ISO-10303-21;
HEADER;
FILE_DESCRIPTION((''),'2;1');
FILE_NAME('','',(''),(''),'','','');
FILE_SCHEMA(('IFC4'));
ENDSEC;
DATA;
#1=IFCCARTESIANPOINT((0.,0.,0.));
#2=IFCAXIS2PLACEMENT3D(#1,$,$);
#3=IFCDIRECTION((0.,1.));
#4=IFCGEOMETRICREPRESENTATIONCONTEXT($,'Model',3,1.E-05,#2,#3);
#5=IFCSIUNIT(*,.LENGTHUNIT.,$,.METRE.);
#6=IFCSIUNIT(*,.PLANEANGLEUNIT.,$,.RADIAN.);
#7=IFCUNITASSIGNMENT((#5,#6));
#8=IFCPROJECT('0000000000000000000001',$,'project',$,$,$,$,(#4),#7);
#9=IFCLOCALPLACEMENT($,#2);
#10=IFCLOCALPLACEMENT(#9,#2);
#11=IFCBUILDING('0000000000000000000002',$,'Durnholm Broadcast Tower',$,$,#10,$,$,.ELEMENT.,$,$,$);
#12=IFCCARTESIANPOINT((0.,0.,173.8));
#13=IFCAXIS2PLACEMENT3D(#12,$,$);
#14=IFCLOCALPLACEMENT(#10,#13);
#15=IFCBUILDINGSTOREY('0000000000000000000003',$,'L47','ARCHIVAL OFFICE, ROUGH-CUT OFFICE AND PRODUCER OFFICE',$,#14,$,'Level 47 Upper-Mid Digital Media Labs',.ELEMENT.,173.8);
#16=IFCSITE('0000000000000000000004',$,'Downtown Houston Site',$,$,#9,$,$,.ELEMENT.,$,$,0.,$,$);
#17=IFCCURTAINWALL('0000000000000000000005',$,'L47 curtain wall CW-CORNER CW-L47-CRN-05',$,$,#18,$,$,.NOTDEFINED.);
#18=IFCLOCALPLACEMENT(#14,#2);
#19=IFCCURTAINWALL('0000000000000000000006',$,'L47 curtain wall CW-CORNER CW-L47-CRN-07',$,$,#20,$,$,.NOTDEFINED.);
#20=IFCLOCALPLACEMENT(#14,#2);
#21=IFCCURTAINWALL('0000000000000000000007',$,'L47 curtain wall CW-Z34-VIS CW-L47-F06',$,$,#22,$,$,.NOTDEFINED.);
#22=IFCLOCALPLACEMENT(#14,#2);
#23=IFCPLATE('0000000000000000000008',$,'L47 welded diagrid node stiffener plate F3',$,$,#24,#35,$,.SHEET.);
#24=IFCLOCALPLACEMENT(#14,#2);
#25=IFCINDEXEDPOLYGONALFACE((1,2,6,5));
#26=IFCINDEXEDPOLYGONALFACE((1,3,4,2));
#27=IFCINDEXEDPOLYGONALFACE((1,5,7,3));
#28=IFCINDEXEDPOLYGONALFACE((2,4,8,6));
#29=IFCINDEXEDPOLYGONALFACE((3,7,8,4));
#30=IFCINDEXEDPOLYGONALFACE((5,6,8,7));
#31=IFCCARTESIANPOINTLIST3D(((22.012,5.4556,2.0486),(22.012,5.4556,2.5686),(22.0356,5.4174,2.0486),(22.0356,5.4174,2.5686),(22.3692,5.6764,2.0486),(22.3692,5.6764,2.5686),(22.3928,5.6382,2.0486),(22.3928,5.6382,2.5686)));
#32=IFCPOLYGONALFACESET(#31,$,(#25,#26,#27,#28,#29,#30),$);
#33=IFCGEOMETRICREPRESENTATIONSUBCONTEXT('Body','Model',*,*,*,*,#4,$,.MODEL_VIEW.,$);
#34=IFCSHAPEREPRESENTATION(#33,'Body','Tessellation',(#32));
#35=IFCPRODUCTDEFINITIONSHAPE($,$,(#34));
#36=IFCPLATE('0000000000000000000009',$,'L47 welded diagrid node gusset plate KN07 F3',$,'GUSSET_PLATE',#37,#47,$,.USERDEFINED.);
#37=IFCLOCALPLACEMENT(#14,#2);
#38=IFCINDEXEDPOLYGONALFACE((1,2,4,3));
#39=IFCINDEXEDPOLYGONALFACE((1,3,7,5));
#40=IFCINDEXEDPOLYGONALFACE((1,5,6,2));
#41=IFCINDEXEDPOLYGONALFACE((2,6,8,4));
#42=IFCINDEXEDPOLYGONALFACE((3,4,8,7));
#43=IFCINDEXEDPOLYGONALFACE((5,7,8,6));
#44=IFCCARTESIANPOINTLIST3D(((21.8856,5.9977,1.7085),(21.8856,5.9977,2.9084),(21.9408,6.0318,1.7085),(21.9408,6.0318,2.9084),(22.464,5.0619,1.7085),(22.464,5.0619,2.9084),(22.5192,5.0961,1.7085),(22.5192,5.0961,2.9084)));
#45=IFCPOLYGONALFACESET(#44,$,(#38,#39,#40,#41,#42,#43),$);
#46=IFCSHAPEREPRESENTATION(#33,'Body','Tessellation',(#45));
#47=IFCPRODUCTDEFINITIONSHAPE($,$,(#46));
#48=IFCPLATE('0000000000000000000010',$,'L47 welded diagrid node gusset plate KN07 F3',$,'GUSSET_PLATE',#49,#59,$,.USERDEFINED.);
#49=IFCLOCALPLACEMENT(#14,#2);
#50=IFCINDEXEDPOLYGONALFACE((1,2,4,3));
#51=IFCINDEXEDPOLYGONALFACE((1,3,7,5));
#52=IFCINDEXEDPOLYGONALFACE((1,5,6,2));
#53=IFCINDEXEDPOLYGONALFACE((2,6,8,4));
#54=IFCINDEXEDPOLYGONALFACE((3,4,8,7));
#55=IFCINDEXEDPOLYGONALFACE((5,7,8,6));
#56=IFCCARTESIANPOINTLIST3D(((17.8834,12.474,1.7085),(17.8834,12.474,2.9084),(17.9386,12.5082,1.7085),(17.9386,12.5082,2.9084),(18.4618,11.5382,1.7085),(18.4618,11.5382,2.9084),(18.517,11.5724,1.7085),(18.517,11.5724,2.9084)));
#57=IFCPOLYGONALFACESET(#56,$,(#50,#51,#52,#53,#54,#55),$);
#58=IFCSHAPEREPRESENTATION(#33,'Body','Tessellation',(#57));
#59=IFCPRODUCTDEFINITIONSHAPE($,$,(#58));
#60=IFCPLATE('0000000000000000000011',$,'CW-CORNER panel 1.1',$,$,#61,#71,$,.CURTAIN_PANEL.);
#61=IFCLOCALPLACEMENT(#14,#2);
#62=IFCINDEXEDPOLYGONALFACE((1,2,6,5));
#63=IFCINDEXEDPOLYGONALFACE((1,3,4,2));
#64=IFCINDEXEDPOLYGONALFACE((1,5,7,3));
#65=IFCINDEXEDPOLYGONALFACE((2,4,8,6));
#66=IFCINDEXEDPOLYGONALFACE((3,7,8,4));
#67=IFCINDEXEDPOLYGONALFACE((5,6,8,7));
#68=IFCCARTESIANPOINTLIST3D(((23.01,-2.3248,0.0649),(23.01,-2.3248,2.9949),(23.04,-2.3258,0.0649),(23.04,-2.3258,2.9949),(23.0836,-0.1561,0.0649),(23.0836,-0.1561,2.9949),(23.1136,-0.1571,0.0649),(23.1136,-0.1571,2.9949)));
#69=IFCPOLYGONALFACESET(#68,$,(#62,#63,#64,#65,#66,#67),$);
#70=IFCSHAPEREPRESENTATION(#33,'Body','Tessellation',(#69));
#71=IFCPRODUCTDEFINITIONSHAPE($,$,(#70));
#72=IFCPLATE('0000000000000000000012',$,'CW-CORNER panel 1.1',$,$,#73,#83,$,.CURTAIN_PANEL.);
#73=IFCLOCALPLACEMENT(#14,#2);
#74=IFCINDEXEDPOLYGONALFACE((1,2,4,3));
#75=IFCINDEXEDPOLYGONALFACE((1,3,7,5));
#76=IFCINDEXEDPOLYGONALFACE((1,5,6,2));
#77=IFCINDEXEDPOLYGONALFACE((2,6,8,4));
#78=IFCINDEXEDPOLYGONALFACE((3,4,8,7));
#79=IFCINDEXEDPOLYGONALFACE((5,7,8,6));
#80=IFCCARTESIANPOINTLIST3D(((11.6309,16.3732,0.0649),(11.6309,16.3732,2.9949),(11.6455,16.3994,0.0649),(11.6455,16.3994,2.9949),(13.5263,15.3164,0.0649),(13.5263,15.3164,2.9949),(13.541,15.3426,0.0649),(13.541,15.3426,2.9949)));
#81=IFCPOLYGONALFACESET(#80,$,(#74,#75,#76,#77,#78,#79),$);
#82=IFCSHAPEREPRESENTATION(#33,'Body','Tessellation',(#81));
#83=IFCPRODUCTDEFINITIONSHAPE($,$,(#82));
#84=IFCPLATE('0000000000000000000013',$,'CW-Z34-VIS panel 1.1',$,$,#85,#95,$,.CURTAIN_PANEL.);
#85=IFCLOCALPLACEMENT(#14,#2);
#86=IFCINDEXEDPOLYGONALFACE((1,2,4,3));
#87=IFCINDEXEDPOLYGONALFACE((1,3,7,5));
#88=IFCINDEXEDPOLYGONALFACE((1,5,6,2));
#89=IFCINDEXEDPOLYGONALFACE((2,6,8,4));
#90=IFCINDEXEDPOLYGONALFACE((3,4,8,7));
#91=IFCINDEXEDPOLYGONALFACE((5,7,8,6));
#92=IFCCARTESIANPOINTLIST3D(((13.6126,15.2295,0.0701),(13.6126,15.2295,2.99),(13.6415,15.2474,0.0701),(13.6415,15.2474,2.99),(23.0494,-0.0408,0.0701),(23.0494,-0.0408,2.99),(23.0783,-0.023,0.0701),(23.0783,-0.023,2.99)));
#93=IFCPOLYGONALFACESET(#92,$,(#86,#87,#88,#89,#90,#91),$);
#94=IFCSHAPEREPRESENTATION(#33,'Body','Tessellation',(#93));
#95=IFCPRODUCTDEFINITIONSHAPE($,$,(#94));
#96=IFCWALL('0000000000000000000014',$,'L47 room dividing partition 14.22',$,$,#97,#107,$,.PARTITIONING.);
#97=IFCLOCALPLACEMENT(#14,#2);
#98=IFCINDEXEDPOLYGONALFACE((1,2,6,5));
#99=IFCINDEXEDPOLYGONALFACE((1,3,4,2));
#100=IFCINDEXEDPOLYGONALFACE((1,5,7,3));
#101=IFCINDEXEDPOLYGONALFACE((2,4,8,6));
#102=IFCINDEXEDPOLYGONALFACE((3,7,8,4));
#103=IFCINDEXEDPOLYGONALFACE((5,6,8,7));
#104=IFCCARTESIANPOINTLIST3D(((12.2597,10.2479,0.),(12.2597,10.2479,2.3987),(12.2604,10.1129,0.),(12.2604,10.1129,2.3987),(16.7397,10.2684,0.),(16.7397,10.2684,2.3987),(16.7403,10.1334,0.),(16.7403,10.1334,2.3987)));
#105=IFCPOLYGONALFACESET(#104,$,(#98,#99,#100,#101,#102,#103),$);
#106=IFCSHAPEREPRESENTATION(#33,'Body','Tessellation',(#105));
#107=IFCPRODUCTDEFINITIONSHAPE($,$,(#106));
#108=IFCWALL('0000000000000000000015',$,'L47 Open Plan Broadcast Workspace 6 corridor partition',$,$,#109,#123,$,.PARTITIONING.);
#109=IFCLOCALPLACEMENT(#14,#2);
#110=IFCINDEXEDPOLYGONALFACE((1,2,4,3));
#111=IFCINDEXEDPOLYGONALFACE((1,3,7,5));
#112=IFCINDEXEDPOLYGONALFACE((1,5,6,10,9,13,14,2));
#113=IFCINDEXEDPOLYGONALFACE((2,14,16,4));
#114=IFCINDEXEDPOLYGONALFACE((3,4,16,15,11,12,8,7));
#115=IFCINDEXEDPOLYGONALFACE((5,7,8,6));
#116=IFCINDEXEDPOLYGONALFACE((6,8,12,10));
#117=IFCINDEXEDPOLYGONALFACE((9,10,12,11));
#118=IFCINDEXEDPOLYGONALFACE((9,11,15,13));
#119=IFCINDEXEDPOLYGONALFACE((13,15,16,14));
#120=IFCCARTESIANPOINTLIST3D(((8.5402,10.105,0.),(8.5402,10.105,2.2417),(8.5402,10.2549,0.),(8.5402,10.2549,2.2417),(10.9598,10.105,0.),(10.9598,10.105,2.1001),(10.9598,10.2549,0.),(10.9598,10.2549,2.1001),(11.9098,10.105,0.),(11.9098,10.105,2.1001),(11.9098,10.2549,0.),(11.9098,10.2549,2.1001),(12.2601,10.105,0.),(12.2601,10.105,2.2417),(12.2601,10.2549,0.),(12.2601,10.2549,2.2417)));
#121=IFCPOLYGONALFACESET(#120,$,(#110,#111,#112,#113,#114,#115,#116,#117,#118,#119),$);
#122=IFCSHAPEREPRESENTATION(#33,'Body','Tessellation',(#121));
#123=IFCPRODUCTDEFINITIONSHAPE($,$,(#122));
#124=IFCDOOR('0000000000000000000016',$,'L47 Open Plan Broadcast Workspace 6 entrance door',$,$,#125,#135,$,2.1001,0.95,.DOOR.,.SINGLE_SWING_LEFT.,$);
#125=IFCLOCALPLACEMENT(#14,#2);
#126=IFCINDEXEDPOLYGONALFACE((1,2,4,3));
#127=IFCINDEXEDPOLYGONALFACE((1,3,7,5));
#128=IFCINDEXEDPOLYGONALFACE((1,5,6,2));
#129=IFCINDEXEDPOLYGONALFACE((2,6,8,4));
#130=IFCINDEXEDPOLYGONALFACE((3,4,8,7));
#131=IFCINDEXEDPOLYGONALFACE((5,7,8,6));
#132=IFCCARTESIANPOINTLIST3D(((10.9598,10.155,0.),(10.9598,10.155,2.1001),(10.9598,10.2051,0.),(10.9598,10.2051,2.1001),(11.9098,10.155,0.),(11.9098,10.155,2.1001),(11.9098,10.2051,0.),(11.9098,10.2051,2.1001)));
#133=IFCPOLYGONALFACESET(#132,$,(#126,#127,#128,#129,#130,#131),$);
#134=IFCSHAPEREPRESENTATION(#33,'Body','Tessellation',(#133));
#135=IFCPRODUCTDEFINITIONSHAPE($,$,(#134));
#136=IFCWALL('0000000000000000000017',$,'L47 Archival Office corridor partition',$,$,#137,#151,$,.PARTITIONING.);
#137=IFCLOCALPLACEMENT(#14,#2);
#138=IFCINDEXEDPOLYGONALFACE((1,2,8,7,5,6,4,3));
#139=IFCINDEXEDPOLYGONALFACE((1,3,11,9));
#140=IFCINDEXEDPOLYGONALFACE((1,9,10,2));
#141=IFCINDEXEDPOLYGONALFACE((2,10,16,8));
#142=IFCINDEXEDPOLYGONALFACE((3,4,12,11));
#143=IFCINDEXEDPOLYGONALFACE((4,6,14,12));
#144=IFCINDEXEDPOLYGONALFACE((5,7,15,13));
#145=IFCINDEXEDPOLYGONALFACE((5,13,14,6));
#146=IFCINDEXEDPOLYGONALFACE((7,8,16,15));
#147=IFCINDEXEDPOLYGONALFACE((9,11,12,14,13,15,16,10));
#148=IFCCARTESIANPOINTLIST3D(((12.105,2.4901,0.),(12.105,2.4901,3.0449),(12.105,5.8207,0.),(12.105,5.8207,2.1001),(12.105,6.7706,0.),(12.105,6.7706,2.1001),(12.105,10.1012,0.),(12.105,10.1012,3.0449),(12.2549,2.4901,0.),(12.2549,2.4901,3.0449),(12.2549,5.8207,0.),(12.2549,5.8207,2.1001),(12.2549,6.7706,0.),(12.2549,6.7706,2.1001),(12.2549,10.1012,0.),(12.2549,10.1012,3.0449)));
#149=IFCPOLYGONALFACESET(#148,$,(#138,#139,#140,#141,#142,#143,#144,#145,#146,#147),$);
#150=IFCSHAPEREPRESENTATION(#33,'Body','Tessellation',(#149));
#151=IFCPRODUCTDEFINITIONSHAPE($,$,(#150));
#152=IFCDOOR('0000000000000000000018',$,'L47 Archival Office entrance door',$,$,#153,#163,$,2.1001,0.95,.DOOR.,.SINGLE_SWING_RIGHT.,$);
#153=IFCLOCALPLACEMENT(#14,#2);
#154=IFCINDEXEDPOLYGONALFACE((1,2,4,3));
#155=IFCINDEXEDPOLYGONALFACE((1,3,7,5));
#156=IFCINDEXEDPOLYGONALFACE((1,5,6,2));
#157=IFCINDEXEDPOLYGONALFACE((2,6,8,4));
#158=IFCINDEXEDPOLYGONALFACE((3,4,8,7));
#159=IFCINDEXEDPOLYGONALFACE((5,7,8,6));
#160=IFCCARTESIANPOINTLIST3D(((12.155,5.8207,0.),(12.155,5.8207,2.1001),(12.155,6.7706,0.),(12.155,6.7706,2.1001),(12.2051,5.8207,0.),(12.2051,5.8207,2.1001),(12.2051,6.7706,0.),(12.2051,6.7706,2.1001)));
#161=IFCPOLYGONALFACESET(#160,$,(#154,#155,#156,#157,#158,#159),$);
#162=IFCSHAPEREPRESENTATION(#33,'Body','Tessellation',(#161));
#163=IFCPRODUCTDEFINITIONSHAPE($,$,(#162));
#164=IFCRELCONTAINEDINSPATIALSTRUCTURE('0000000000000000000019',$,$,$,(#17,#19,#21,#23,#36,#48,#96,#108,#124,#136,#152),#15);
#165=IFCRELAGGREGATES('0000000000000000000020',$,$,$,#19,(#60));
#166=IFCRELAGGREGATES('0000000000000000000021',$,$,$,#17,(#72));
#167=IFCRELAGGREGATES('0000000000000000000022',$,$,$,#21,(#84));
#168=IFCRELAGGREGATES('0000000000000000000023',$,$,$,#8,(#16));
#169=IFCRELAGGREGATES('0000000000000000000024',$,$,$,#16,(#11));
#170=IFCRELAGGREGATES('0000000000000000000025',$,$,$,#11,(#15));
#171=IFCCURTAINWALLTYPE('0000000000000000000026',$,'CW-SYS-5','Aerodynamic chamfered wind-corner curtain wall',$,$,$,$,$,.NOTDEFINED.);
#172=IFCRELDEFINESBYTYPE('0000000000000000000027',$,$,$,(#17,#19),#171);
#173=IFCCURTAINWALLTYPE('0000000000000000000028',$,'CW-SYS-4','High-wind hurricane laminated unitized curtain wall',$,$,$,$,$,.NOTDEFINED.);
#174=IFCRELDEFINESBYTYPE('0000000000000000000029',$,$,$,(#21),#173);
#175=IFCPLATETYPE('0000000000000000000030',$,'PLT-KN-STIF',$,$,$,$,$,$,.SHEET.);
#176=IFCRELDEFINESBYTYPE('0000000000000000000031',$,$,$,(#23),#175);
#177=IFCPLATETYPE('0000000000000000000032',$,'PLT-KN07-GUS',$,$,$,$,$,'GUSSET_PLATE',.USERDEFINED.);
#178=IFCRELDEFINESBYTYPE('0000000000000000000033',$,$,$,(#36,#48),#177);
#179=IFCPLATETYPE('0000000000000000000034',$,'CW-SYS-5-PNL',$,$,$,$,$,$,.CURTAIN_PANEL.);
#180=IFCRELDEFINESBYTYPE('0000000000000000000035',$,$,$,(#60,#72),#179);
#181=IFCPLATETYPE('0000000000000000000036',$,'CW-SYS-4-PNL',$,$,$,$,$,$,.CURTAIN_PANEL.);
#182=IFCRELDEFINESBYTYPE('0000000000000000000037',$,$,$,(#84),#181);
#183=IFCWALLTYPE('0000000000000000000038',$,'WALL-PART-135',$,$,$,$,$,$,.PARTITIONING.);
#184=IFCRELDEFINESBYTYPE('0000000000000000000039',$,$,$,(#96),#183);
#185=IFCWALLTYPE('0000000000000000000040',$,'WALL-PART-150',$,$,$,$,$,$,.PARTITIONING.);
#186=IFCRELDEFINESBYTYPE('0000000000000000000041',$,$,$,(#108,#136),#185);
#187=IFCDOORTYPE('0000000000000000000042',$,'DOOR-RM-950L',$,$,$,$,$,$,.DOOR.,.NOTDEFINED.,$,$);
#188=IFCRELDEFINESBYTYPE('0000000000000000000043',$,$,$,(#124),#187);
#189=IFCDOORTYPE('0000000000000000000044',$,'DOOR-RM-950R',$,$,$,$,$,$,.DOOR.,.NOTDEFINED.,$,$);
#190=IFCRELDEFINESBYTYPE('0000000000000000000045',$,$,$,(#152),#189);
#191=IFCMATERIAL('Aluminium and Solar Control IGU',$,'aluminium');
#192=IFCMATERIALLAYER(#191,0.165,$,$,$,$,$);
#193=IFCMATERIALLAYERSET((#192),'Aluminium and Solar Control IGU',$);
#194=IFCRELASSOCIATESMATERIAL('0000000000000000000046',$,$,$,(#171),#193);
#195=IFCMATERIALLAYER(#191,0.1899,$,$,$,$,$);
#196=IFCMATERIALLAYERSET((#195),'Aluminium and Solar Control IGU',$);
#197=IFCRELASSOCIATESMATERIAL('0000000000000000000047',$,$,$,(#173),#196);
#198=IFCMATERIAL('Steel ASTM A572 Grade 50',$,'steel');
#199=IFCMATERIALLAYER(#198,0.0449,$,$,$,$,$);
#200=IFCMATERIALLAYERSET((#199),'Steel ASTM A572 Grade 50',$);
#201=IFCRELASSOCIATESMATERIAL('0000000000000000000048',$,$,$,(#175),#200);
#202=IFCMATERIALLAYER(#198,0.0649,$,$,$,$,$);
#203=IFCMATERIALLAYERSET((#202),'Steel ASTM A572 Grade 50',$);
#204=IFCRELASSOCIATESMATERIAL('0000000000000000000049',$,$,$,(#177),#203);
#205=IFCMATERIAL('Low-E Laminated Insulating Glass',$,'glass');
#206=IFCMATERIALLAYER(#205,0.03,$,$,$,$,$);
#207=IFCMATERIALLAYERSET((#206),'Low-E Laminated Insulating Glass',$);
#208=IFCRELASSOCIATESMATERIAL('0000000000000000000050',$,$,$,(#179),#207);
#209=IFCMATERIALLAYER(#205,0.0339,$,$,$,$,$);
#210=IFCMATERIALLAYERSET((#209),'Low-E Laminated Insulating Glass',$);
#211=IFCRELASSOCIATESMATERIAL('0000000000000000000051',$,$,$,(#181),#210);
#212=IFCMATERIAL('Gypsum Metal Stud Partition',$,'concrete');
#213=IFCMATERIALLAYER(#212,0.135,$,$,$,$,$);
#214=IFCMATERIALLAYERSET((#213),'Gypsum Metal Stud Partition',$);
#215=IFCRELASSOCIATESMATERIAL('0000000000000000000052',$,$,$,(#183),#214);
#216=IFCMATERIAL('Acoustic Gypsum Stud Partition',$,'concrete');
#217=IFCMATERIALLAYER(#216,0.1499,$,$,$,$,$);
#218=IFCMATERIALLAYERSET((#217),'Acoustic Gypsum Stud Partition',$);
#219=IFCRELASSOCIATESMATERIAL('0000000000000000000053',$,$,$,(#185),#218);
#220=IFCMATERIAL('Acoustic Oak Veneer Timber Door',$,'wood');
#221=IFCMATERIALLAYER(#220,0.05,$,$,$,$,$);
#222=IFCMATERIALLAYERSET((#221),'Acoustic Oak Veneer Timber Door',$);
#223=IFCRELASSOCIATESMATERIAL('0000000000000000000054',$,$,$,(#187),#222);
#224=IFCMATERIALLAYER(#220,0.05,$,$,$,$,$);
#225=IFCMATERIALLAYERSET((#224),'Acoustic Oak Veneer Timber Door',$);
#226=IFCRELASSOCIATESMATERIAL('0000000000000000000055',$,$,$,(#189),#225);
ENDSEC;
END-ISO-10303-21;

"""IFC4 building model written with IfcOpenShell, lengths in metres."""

from ifc_helpers import new_model, si_unit, direction, frame, frame_2d, origin, origin_2d, place, context, subcontext, project, spatial, rectangle, extrude, source, transform, mapped, material, layer, layer_set, type_object, type_shapes, element, fill, aggregate, save


model = new_model("IFC4")

# Units and contexts
model_context = context("Model", 3, precision=1e-05, world=origin(), true_north=direction((0.0, 1.0)))
body_context = subcontext(model_context, "Body", "Model", "MODEL_VIEW")
ifc_project = project(units=[si_unit("LENGTHUNIT", "METRE"), si_unit("PLANEANGLEUNIT", "RADIAN")], contexts=[model_context])

# Site, building, storey
site_placement = place(None, origin())
site = spatial("IfcSite", under=ifc_project, at=site_placement, Name="Downtown Houston Site", CompositionType="ELEMENT", RefElevation=0.0)
building_placement = place(site_placement, origin())
building = spatial("IfcBuilding", under=site, at=building_placement, Name="Durnholm Broadcast Tower", CompositionType="ELEMENT")
storey_placement = place(building_placement, frame((0.0, 0.0, 173.8)))
storey = spatial("IfcBuildingStorey", under=building, at=storey_placement, Name="L47", Description="ARCHIVAL OFFICE, ROUGH-CUT OFFICE AND PRODUCER OFFICE", LongName="Level 47 Upper-Mid Digital Media Labs", CompositionType="ELEMENT", Elevation=173.8)

# Curtain wall
ifc_material_1 = material(Name="Aluminium and Solar Control IGU", Category="aluminium")
ifc_layer_1 = layer(ifc_material_1, 0.165)
ifc_layer_set_1 = layer_set([ifc_layer_1], Name="Aluminium and Solar Control IGU")
curtain_wall_type_1 = type_object("IfcCurtainWallType", Name="CW-SYS-5", Description="Aerodynamic chamfered wind-corner curtain wall", PredefinedType="NOTDEFINED", material=ifc_layer_set_1)
curtain_wall_1_placement = place(storey_placement, origin())
curtain_wall_1 = element("IfcCurtainWall", 1, at=curtain_wall_1_placement, inside=storey, type_object=curtain_wall_type_1, Name="L47 curtain wall CW-CORNER CW-L47-CRN-05", PredefinedType="NOTDEFINED")

# Curtain wall
curtain_wall_2_placement = place(storey_placement, origin())
curtain_wall_2 = element("IfcCurtainWall", 2, at=curtain_wall_2_placement, inside=storey, type_object=curtain_wall_type_1, Name="L47 curtain wall CW-CORNER CW-L47-CRN-07", PredefinedType="NOTDEFINED")

# Curtain wall
ifc_layer_2 = layer(ifc_material_1, 0.1899)
ifc_layer_set_2 = layer_set([ifc_layer_2], Name="Aluminium and Solar Control IGU")
curtain_wall_type_2 = type_object("IfcCurtainWallType", Name="CW-SYS-4", Description="High-wind hurricane laminated unitized curtain wall", PredefinedType="NOTDEFINED", material=ifc_layer_set_2)
curtain_wall_3_placement = place(storey_placement, origin())
curtain_wall_3 = element("IfcCurtainWall", 3, at=curtain_wall_3_placement, inside=storey, type_object=curtain_wall_type_2, Name="L47 curtain wall CW-Z34-VIS CW-L47-F06", PredefinedType="NOTDEFINED")

# Plates
ifc_material_2 = material(Name="Steel ASTM A572 Grade 50", Category="steel")
ifc_layer_3 = layer(ifc_material_2, 0.0449)
ifc_layer_set_3 = layer_set([ifc_layer_3], Name="Steel ASTM A572 Grade 50")
plate_type_1 = type_object("IfcPlateType", Name="PLT-KN-STIF", PredefinedType="SHEET", material=ifc_layer_set_3)
shared_shape_1 = source(origin(), body_context, "Body", "SweptSolid", [
    extrude(rectangle(XDim=0.0449, YDim=0.4199, at=origin_2d()), origin(), (0.0, 0.0, 1.0), 0.52),
])
type_shapes(plate_type_1, [shared_shape_1])
plate_1_placement = place(storey_placement, frame((22.2024, 5.5469, 2.0486), z_axis=(0.0, 0.0, 1.0), x_axis=(-0.525769, 0.850628, 0.0)))
element("IfcPlate", 4, at=plate_1_placement, inside=storey, type_object=plate_type_1, Name="L47 welded diagrid node stiffener plate F3", PredefinedType="SHEET", context=body_context, shape_type="MappedRepresentation", body=[
    mapped(shared_shape_1, transform((0.0, 0.0, 0.0), x_axis=(1.0, 0.0, 0.0), y_axis=(0.0, 1.0, 0.0), z_axis=(0.0, 0.0, 1.0), scale=1.0)),
])
ifc_layer_4 = layer(ifc_material_2, 0.0649)
ifc_layer_set_4 = layer_set([ifc_layer_4], Name="Steel ASTM A572 Grade 50")
plate_type_2 = type_object("IfcPlateType", Name="PLT-KN07-GUS", ElementType="GUSSET_PLATE", PredefinedType="USERDEFINED", material=ifc_layer_set_4)
shared_shape_2 = source(origin(), body_context, "Body", "SweptSolid", [
    extrude(rectangle(XDim=1.1001, YDim=0.0649, at=origin_2d()), origin(), (0.0, 0.0, 1.0), 1.2),
])
type_shapes(plate_type_2, [shared_shape_2])
for number, where, z_axis, x_axis, name in (
    (5, (22.2024, 5.5469, 1.7085), (0.0, 0.0, 1.0), (-0.525769, 0.850628, 0.0), "L47 welded diagrid node gusset plate KN07 F3"),
    (6, (18.2002, 12.0232, 1.7085), (0.0, 0.0, 1.0), (-0.525769, 0.850628, 0.0), "L47 welded diagrid node gusset plate KN07 F3"),
):
    element("IfcPlate", number, at=place(storey_placement, frame(where, z_axis=z_axis, x_axis=x_axis)), inside=storey, type_object=plate_type_2, Name=name, ObjectType="GUSSET_PLATE", PredefinedType="USERDEFINED", context=body_context, shape_type="MappedRepresentation", body=[
        mapped(shared_shape_2, transform((0.0, 0.0, 0.0), x_axis=(1.0, 0.0, 0.0), y_axis=(0.0, 1.0, 0.0), z_axis=(0.0, 0.0, 1.0), scale=1.0)),
    ])

# Plates
ifc_material_3 = material(Name="Low-E Laminated Insulating Glass", Category="glass")
ifc_layer_5 = layer(ifc_material_3, 0.03)
ifc_layer_set_5 = layer_set([ifc_layer_5], Name="Low-E Laminated Insulating Glass")
plate_type_3 = type_object("IfcPlateType", Name="CW-SYS-5-PNL", PredefinedType="CURTAIN_PANEL", material=ifc_layer_set_5)
shared_shape_3 = source(origin(), body_context, "Body", "SweptSolid", [
    extrude(rectangle(XDim=2.1699, YDim=0.03, at=origin_2d()), origin(), (0.0, 0.0, 1.0), 2.9299),
])
plate_2_placement = place(storey_placement, frame((23.0618, -1.241, 0.0649), z_axis=(0.0, 0.0, 1.0), x_axis=(-0.033913, -0.999425, 0.0)))
plate_2 = element("IfcPlate", 7, at=plate_2_placement, type_object=plate_type_3, Name="CW-CORNER panel 1.1", PredefinedType="CURTAIN_PANEL", context=body_context, shape_type="MappedRepresentation", body=[
    mapped(shared_shape_3, transform((0.0, 0.0, 0.0), x_axis=(1.0, 0.0, 0.0), y_axis=(0.0, 1.0, 0.0), z_axis=(0.0, 0.0, 1.0), scale=1.0)),
])
aggregate(curtain_wall_2, [plate_2])
shared_shape_4 = source(origin(), body_context, "Body", "SweptSolid", [
    extrude(rectangle(XDim=2.1702, YDim=0.03, at=origin_2d()), origin(), (0.0, 0.0, 1.0), 2.9299),
])
type_shapes(plate_type_3, [shared_shape_3, shared_shape_4])
plate_3_placement = place(storey_placement, frame((12.5859, 15.8579, 0.0649), z_axis=(0.0, 0.0, 1.0), x_axis=(0.87341, -0.486986, 0.0)))
plate_3 = element("IfcPlate", 8, at=plate_3_placement, type_object=plate_type_3, Name="CW-CORNER panel 1.1", PredefinedType="CURTAIN_PANEL", context=body_context, shape_type="MappedRepresentation", body=[
    mapped(shared_shape_4, transform((0.0, 0.0, 0.0), x_axis=(1.0, 0.0, 0.0), y_axis=(0.0, 1.0, 0.0), z_axis=(0.0, 0.0, 1.0), scale=1.0)),
])
aggregate(curtain_wall_1, [plate_3])
ifc_layer_6 = layer(ifc_material_3, 0.0339)
ifc_layer_set_6 = layer_set([ifc_layer_6], Name="Low-E Laminated Insulating Glass")
plate_type_4 = type_object("IfcPlateType", Name="CW-SYS-4-PNL", PredefinedType="CURTAIN_PANEL", material=ifc_layer_set_6)
shared_shape_5 = source(origin(), body_context, "Body", "SweptSolid", [
    extrude(rectangle(XDim=17.9509, YDim=0.0339, at=origin_2d()), origin(), (0.0, 0.0, 1.0), 2.9199),
])
type_shapes(plate_type_4, [shared_shape_5])
plate_4_placement = place(storey_placement, frame((18.3455, 7.6033, 0.0701), z_axis=(0.0, 0.0, 1.0), x_axis=(0.525698, -0.850671, 0.0)))
plate_4 = element("IfcPlate", 9, at=plate_4_placement, type_object=plate_type_4, Name="CW-Z34-VIS panel 1.1", PredefinedType="CURTAIN_PANEL", context=body_context, shape_type="MappedRepresentation", body=[
    mapped(shared_shape_5, transform((0.0, 0.0, 0.0), x_axis=(1.0, 0.0, 0.0), y_axis=(0.0, 1.0, 0.0), z_axis=(0.0, 0.0, 1.0), scale=1.0)),
])
aggregate(curtain_wall_3, [plate_4])

# Wall
ifc_material_4 = material(Name="Gypsum Metal Stud Partition", Category="concrete")
ifc_layer_7 = layer(ifc_material_4, 0.135)
ifc_layer_set_7 = layer_set([ifc_layer_7], Name="Gypsum Metal Stud Partition")
wall_type_1 = type_object("IfcWallType", Name="WALL-PART-135", PredefinedType="PARTITIONING", material=ifc_layer_set_7)
wall_1_placement = place(storey_placement, frame((16.74, 10.2009, 0.0), z_axis=(0.0, 0.0, 1.0), x_axis=(-0.99999, -0.004578, 0.0)))
element("IfcWall", 10, at=wall_1_placement, inside=storey, type_object=wall_type_1, Name="L47 room dividing partition 14.22", PredefinedType="PARTITIONING", context=body_context, shape_type="SweptSolid", body=[
    extrude(rectangle(XDim=4.48, YDim=0.135, at=frame_2d((2.24, 0.0))), origin(), (0.0, 0.0, 1.0), 2.3987),
])

# Walls, openings, doors
ifc_material_5 = material(Name="Acoustic Gypsum Stud Partition", Category="concrete")
ifc_layer_8 = layer(ifc_material_5, 0.1499)
ifc_layer_set_8 = layer_set([ifc_layer_8], Name="Acoustic Gypsum Stud Partition")
wall_type_2 = type_object("IfcWallType", Name="WALL-PART-150", PredefinedType="PARTITIONING", material=ifc_layer_set_8)
wall_2_placement = place(storey_placement, frame((12.26, 10.1799, 0.0), z_axis=(0.0, 0.0, 1.0), x_axis=(-1.0, 0.0, 0.0)))
wall_2 = element("IfcWall", 11, at=wall_2_placement, inside=storey, type_object=wall_type_2, Name="L47 Open Plan Broadcast Workspace 6 corridor partition", PredefinedType="PARTITIONING", context=body_context, shape_type="SweptSolid", body=[
    extrude(rectangle(XDim=3.72, YDim=0.1499, at=frame_2d((1.8599, 0.0))), origin(), (0.0, 0.0, 1.0), 2.2417),
])
opening_1_placement = place(wall_2_placement, frame((0.3501, 0.0, 0.0)))
opening_1 = element("IfcOpeningElement", 12, at=opening_1_placement, cuts=wall_2, PredefinedType="OPENING", context=body_context, shape_type="SweptSolid", body=[
    extrude(rectangle(XDim=0.95, YDim=2.1001, at=frame_2d((0.4751, 1.05))), frame((0.0, 0.085, 0.0), z_axis=(0.0, -1.0, 0.0), x_axis=(1.0, 0.0, 0.0)), (0.0, 0.0, 1.0), 0.1699),
])
ifc_material_6 = material(Name="Acoustic Oak Veneer Timber Door", Category="wood")
ifc_layer_9 = layer(ifc_material_6, 0.05)
ifc_layer_set_9 = layer_set([ifc_layer_9], Name="Acoustic Oak Veneer Timber Door")
door_type_1 = type_object("IfcDoorType", Name="DOOR-RM-950L", OperationType="NOTDEFINED", PredefinedType="DOOR", material=ifc_layer_set_9)
shared_shape_6 = source(origin(), body_context, "Body", "SweptSolid", [
    extrude(rectangle(XDim=0.95, YDim=2.1001, at=frame_2d((0.4751, 1.05))), frame((0.0, 0.0249, 0.0), z_axis=(0.0, -1.0, 0.0), x_axis=(1.0, 0.0, 0.0)), (0.0, 0.0, 1.0), 0.05),
])
type_shapes(door_type_1, [shared_shape_6])
door_1_placement = place(opening_1_placement, origin())
door_1 = element("IfcDoor", 13, at=door_1_placement, inside=storey, type_object=door_type_1, Name="L47 Open Plan Broadcast Workspace 6 entrance door", OperationType="SINGLE_SWING_LEFT", OverallHeight=2.1001, OverallWidth=0.95, PredefinedType="DOOR", context=body_context, shape_type="MappedRepresentation", body=[
    mapped(shared_shape_6, transform((0.0, 0.0, 0.0), x_axis=(1.0, 0.0, 0.0), y_axis=(0.0, 1.0, 0.0), z_axis=(0.0, 0.0, 1.0), scale=1.0)),
])
fill(opening_1, door_1)
wall_3_placement = place(storey_placement, frame((12.1799, 2.49, 0.0), z_axis=(0.0, 0.0, 1.0), x_axis=(0.0, 1.0, 0.0)))
wall_3 = element("IfcWall", 14, at=wall_3_placement, inside=storey, type_object=wall_type_2, Name="L47 Archival Office corridor partition", PredefinedType="PARTITIONING", context=body_context, shape_type="SweptSolid", body=[
    extrude(rectangle(XDim=7.6111, YDim=0.1499, at=frame_2d((3.8057, 0.0))), origin(), (0.0, 0.0, 1.0), 3.0449),
])
opening_2_placement = place(wall_3_placement, frame((3.3306, 0.0, 0.0)))
opening_2 = element("IfcOpeningElement", 15, at=opening_2_placement, cuts=wall_3, PredefinedType="OPENING", context=body_context, shape_type="SweptSolid", body=[
    extrude(rectangle(XDim=0.95, YDim=2.1001, at=frame_2d((0.4751, 1.05))), frame((0.0, 0.085, 0.0), z_axis=(0.0, -1.0, 0.0), x_axis=(1.0, 0.0, 0.0)), (0.0, 0.0, 1.0), 0.1699),
])
ifc_layer_10 = layer(ifc_material_6, 0.05)
ifc_layer_set_10 = layer_set([ifc_layer_10], Name="Acoustic Oak Veneer Timber Door")
door_type_2 = type_object("IfcDoorType", Name="DOOR-RM-950R", OperationType="NOTDEFINED", PredefinedType="DOOR", material=ifc_layer_set_10)
shared_shape_7 = source(origin(), body_context, "Body", "SweptSolid", [
    extrude(rectangle(XDim=0.95, YDim=2.1001, at=frame_2d((0.4751, 1.05))), frame((0.0, 0.0249, 0.0), z_axis=(0.0, -1.0, 0.0), x_axis=(1.0, 0.0, 0.0)), (0.0, 0.0, 1.0), 0.05),
])
type_shapes(door_type_2, [shared_shape_7])
door_2_placement = place(opening_2_placement, origin())
door_2 = element("IfcDoor", 16, at=door_2_placement, inside=storey, type_object=door_type_2, Name="L47 Archival Office entrance door", OperationType="SINGLE_SWING_RIGHT", OverallHeight=2.1001, OverallWidth=0.95, PredefinedType="DOOR", context=body_context, shape_type="MappedRepresentation", body=[
    mapped(shared_shape_7, transform((0.0, 0.0, 0.0), x_axis=(1.0, 0.0, 0.0), y_axis=(0.0, 1.0, 0.0), z_axis=(0.0, 0.0, 1.0), scale=1.0)),
])
fill(opening_2, door_2)

save(model, "model.ifc")
